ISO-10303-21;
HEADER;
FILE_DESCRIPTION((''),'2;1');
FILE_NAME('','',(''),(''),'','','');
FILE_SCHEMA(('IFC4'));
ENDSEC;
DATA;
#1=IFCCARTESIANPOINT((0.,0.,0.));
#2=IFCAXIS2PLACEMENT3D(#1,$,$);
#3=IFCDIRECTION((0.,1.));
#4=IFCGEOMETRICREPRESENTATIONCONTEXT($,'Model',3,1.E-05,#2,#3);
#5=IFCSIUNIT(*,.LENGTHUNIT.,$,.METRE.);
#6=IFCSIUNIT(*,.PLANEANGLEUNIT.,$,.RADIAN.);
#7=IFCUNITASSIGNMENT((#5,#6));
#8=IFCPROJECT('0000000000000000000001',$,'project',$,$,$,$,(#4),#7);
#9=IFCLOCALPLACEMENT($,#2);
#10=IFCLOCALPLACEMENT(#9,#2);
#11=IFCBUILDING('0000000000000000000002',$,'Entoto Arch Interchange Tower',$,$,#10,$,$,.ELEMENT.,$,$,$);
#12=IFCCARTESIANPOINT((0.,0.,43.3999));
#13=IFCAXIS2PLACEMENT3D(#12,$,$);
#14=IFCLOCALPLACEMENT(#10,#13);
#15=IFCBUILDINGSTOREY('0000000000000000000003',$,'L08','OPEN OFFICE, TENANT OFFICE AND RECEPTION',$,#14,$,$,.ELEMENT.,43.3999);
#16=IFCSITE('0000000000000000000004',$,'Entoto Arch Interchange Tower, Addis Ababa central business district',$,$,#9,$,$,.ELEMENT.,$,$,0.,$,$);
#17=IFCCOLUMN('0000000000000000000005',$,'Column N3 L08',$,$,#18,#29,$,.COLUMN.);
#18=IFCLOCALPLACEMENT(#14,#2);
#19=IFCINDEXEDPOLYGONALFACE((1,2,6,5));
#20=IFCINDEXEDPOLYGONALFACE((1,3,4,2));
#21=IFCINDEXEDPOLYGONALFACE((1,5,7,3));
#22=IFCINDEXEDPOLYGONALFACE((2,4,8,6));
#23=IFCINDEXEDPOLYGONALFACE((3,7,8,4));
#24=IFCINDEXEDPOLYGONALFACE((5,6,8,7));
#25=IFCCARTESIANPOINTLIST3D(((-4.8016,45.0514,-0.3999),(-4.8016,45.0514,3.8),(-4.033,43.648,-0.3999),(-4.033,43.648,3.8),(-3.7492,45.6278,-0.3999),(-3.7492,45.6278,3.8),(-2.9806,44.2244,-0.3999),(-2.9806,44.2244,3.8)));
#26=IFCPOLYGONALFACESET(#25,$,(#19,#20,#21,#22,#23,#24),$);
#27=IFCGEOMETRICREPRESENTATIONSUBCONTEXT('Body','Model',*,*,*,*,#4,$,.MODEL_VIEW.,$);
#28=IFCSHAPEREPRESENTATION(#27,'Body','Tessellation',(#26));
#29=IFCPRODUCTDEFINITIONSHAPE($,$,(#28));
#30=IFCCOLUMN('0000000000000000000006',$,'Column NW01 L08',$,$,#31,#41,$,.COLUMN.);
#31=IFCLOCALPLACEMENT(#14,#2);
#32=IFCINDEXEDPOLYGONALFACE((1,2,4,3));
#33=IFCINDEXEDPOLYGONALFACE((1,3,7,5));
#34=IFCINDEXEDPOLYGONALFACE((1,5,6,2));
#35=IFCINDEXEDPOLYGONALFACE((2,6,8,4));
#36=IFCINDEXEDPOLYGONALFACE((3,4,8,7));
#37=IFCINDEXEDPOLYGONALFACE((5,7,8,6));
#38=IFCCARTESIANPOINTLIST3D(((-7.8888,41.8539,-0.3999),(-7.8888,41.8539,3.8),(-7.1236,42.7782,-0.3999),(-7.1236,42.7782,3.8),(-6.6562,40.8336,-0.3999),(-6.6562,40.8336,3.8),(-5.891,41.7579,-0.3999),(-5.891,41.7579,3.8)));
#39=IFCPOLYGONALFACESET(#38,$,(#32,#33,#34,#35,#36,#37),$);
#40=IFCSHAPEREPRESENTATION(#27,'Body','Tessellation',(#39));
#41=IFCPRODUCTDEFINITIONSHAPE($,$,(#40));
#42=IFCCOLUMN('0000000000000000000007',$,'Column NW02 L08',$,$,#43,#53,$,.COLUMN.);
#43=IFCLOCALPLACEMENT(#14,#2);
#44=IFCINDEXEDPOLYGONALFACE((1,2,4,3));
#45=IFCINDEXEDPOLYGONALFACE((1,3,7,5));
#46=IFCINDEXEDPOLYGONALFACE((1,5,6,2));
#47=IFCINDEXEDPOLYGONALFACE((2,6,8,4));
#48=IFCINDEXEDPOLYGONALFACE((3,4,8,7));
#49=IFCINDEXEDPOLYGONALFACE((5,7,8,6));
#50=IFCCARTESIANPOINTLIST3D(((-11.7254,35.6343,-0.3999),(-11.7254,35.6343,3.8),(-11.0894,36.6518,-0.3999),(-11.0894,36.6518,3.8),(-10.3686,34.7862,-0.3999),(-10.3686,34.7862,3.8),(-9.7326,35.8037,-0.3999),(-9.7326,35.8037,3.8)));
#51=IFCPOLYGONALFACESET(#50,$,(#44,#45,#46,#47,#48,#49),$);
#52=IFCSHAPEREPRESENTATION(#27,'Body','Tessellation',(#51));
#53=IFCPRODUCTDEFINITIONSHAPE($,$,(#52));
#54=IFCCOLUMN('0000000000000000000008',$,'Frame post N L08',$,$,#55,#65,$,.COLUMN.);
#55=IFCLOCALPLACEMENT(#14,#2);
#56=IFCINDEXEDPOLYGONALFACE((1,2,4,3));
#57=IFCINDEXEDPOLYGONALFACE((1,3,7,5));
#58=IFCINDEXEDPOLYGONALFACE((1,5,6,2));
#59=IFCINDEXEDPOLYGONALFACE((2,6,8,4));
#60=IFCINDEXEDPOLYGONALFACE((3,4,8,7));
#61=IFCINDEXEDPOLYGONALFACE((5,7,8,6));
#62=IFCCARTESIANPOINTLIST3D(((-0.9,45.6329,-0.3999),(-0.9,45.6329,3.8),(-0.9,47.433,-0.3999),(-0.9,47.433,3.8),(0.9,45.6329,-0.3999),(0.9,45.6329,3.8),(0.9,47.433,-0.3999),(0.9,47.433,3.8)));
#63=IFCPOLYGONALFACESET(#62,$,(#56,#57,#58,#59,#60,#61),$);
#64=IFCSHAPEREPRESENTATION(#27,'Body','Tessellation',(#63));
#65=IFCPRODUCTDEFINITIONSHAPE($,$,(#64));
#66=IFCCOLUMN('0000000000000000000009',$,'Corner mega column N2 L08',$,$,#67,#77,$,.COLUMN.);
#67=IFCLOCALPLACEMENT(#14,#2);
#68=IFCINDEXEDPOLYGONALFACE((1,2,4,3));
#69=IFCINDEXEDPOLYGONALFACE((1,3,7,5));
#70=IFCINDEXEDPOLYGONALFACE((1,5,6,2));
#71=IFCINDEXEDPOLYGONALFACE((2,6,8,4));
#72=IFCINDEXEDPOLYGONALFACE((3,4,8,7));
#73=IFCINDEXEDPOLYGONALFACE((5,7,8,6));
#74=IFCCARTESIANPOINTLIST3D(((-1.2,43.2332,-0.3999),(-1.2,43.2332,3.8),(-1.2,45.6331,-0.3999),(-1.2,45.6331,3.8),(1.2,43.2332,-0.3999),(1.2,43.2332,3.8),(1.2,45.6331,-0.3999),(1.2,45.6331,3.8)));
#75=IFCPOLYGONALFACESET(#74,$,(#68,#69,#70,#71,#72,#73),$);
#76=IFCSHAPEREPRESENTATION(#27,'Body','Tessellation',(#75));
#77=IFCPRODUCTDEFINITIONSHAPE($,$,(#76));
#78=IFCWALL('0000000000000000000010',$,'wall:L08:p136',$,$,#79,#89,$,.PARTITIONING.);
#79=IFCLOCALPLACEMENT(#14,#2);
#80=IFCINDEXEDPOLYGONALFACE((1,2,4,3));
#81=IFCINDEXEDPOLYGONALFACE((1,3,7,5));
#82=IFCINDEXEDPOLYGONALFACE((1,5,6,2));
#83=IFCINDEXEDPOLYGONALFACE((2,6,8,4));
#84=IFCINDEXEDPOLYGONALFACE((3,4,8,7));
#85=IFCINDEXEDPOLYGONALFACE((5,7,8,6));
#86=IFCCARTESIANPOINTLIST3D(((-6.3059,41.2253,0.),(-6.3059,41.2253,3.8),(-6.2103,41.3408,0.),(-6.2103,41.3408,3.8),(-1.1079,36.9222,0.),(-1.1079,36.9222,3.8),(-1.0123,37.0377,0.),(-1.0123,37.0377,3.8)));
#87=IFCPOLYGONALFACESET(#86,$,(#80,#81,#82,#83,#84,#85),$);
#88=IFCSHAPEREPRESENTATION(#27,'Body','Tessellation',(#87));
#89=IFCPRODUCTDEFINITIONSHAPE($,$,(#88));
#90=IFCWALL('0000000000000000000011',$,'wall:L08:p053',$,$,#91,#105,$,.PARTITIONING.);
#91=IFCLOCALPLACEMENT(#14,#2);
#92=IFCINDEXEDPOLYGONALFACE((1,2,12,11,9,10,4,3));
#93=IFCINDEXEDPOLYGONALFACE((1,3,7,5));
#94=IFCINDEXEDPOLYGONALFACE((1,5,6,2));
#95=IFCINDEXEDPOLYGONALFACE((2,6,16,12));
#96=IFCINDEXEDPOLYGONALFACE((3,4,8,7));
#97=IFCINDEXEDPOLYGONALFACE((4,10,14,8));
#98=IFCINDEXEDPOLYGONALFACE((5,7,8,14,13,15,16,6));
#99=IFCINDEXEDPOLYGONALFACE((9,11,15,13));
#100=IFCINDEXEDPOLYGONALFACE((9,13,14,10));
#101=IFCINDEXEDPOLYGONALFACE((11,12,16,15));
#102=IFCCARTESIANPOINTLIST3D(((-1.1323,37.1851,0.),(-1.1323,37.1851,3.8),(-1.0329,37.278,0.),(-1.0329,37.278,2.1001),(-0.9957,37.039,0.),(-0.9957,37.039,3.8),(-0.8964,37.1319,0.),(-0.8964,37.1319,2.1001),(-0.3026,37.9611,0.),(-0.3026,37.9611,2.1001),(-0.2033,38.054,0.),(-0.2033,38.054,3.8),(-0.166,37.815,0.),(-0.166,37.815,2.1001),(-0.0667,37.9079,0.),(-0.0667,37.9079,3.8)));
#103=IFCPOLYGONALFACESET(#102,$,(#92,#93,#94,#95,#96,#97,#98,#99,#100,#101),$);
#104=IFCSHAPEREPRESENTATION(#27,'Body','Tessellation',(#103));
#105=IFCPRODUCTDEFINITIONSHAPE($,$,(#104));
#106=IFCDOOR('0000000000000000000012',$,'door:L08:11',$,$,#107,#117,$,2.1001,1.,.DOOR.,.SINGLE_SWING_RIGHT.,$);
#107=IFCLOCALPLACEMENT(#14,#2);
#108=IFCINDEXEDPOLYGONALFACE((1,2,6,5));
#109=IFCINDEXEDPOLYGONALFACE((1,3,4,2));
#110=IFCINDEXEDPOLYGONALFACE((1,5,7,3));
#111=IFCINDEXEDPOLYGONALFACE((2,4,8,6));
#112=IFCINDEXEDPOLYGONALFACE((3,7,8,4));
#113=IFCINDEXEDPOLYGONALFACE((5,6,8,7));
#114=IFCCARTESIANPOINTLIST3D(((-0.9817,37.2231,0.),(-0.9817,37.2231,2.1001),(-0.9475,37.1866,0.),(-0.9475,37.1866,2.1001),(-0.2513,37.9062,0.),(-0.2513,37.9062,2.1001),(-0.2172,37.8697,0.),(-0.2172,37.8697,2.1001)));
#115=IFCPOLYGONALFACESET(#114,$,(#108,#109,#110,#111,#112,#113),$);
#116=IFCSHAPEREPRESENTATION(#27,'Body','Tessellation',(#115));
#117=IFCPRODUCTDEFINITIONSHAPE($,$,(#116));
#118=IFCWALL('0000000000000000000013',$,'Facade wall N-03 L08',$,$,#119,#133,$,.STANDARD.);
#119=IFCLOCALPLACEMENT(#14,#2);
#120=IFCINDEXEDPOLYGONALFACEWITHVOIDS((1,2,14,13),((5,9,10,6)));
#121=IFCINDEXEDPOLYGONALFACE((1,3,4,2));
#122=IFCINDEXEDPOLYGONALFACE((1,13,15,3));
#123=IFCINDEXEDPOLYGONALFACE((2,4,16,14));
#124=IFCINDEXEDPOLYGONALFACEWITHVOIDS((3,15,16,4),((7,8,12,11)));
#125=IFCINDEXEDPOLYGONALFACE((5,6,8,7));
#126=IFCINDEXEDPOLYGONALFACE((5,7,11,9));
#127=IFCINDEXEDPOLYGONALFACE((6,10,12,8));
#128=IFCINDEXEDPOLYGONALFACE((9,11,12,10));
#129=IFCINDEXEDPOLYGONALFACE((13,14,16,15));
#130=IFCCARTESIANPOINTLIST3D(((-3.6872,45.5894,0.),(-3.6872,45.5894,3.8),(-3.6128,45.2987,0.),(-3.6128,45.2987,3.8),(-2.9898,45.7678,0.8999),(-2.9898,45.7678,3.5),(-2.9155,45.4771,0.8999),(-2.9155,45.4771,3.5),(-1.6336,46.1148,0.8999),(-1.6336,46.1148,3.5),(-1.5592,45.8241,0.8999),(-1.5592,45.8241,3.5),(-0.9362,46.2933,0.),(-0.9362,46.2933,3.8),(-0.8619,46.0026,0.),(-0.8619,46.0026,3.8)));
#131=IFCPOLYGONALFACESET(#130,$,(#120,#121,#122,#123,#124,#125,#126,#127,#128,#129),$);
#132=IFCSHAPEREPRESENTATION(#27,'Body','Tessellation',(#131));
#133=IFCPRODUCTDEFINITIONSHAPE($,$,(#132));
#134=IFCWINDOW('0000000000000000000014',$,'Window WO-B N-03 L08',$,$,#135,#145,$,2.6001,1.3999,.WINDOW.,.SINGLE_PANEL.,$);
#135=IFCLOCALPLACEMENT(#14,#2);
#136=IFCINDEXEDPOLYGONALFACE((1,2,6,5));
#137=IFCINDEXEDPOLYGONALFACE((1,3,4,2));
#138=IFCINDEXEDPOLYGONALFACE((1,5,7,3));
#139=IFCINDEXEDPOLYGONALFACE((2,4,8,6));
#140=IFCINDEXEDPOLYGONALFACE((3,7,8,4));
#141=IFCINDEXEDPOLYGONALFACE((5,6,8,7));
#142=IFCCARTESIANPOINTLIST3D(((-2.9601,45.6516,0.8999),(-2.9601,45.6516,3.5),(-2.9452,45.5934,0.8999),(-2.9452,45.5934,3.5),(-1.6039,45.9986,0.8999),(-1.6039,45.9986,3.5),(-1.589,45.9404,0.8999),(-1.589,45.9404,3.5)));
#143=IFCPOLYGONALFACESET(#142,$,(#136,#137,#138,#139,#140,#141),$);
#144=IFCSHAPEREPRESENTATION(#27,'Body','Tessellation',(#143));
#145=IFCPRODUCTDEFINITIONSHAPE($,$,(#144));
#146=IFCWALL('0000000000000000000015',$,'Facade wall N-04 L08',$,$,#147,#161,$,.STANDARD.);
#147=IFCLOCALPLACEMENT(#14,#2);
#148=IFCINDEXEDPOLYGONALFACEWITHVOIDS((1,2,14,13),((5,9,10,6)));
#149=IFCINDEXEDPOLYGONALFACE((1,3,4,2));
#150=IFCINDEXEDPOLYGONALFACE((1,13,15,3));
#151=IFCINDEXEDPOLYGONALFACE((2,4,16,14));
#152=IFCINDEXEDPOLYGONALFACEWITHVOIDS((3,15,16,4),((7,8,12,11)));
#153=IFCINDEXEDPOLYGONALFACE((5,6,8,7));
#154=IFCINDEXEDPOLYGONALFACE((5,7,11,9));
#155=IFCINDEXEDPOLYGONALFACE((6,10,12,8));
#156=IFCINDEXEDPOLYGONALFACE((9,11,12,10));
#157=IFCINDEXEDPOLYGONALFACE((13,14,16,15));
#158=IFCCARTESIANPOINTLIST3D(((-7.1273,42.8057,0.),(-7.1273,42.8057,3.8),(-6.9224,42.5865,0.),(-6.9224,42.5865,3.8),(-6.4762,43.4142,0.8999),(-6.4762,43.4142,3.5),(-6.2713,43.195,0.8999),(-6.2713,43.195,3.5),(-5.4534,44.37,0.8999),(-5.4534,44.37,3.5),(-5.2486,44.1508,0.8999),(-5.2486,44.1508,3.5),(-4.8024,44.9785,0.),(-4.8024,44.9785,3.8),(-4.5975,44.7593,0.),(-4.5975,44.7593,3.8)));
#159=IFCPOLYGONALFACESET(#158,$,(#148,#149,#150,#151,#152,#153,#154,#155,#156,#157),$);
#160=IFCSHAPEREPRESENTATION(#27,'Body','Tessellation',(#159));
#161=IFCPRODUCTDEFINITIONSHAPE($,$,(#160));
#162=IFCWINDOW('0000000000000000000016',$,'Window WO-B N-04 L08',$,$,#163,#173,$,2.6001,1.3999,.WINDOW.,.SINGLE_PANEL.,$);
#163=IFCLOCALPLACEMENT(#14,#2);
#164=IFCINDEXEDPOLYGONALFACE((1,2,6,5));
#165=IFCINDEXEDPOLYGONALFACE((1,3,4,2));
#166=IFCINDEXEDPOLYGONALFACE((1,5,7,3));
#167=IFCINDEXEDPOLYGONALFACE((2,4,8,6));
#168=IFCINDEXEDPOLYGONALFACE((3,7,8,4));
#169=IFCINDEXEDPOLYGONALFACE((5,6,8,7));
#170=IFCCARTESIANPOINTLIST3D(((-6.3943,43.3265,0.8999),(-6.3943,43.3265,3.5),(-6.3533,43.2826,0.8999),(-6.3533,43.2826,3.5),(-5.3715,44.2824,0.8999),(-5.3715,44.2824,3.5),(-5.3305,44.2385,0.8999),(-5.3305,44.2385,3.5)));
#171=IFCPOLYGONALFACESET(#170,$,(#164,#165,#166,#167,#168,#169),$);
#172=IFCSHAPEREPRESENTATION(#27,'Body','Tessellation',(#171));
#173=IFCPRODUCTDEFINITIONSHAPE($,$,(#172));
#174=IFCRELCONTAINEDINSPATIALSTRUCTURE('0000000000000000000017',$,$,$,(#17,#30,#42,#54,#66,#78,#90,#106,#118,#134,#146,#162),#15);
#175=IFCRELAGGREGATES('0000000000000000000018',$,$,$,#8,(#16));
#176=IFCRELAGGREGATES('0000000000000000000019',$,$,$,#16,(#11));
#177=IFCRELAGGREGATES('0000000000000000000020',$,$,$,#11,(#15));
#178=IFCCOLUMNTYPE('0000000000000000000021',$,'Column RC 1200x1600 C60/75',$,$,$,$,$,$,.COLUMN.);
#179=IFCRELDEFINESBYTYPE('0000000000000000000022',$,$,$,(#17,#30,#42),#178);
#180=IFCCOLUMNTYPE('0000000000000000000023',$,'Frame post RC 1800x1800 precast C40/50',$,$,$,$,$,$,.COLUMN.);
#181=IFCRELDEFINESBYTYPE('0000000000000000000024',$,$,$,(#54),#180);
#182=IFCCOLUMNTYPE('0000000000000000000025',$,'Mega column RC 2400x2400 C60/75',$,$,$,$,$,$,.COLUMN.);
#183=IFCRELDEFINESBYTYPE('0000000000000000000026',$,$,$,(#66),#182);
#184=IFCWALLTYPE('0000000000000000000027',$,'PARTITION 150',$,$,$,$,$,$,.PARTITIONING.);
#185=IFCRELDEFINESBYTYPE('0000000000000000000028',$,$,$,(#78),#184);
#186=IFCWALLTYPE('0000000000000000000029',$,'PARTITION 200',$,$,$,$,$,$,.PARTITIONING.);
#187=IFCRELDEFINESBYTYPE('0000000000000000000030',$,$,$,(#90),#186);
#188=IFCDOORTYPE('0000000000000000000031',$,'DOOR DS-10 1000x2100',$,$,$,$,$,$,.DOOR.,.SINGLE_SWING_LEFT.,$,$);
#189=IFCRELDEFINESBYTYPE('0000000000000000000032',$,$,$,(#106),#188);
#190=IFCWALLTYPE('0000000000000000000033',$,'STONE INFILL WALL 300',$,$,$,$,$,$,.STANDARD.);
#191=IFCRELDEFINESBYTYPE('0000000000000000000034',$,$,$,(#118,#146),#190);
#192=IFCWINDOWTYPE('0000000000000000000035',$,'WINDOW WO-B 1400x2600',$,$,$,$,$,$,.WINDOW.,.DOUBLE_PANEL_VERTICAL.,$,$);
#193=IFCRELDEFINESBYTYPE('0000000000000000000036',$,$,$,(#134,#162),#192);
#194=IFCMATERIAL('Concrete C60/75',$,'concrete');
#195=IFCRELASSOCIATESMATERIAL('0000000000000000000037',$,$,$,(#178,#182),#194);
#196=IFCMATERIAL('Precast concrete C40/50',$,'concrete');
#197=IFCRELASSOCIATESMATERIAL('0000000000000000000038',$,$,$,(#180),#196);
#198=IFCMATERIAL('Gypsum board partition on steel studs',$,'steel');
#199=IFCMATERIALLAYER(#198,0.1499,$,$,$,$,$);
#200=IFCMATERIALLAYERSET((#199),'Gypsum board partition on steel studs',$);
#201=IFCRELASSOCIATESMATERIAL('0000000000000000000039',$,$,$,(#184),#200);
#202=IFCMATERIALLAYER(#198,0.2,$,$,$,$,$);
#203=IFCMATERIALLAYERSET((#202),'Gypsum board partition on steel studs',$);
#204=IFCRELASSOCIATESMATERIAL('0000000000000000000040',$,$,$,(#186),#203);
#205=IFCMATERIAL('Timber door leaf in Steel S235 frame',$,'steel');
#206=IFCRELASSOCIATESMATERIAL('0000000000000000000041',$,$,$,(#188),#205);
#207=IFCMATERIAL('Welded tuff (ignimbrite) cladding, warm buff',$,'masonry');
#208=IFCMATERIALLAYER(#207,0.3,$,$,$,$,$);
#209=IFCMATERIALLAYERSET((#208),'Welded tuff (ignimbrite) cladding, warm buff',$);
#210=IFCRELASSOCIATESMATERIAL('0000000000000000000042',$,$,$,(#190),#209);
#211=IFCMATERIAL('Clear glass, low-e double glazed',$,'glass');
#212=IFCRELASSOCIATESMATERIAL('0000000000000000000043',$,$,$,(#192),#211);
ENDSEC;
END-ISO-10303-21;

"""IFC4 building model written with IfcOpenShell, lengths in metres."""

from ifc_helpers import new_model, si_unit, direction, frame, frame_2d, origin, origin_2d, place, context, subcontext, project, spatial, rectangle, extrude, material, layer, layer_set, material_profile, profile_set, type_object, element, fill, save


model = new_model("IFC4")

# Units and contexts
model_context = context("Model", 3, precision=1e-05, world=origin(), true_north=direction((0.0, 1.0)))
body_context = subcontext(model_context, "Body", "Model", "MODEL_VIEW")
ifc_project = project(units=[si_unit("LENGTHUNIT", "METRE"), si_unit("PLANEANGLEUNIT", "RADIAN")], contexts=[model_context])

# Site, building, storey
site_placement = place(None, origin())
site = spatial("IfcSite", under=ifc_project, at=site_placement, Name="Entoto Arch Interchange Tower, Addis Ababa central business district", CompositionType="ELEMENT", RefElevation=0.0)
building_placement = place(site_placement, origin())
building = spatial("IfcBuilding", under=site, at=building_placement, Name="Entoto Arch Interchange Tower", CompositionType="ELEMENT")
storey_placement = place(building_placement, frame((0.0, 0.0, 43.3999)))
storey = spatial("IfcBuildingStorey", under=building, at=storey_placement, Name="L08", Description="OPEN OFFICE, TENANT OFFICE AND RECEPTION", CompositionType="ELEMENT", Elevation=43.3999)

# Columns
ifc_material_1 = material(Name="Concrete C60/75", Category="concrete")
ifc_material_profile_1 = material_profile(ifc_material_1, rectangle(XDim=1.2, YDim=1.6001, at=origin_2d()))
ifc_profile_set_1 = profile_set([ifc_material_profile_1], Name="Concrete C60/75")
column_type_1 = type_object("IfcColumnType", Name="Column RC 1200x1600 C60/75", PredefinedType="COLUMN", material=ifc_profile_set_1)
for number, where, z_axis, x_axis, name in (
    (1, (-3.8911, 44.6379, -0.3999), (0.0, 0.0, 1.0), (0.877079, 0.480346, 0.0), "Column N3 L08"),
    (2, (-6.8899, 41.8059, -0.3999), (0.0, 0.0, 1.0), (0.637666, 0.770313, 0.0), "Column NW01 L08"),
    (3, (-10.729, 35.719, -0.3999), (0.0, 0.0, 1.0), (0.530067, 0.847956, 0.0), "Column NW02 L08"),
):
    element("IfcColumn", number, at=place(storey_placement, frame(where, z_axis=z_axis, x_axis=x_axis)), inside=storey, type_object=column_type_1, Name=name, PredefinedType="COLUMN", context=body_context, shape_type="SweptSolid", body=[
        extrude(rectangle(XDim=1.2, YDim=1.6001, at=origin_2d()), origin(), (0.0, 0.0, 1.0), 4.2),
    ])
ifc_material_2 = material(Name="Precast concrete C40/50", Category="concrete")
ifc_material_profile_2 = material_profile(ifc_material_2, rectangle(XDim=1.8, YDim=1.8, at=origin_2d()))
ifc_profile_set_2 = profile_set([ifc_material_profile_2], Name="Precast concrete C40/50")
column_type_2 = type_object("IfcColumnType", Name="Frame post RC 1800x1800 precast C40/50", PredefinedType="COLUMN", material=ifc_profile_set_2)
column_1_placement = place(storey_placement, frame((0.0, 46.533, -0.3999), z_axis=(0.0, 0.0, 1.0), x_axis=(0.0, 1.0, 0.0)))
element("IfcColumn", 4, at=column_1_placement, inside=storey, type_object=column_type_2, Name="Frame post N L08", PredefinedType="COLUMN", context=body_context, shape_type="SweptSolid", body=[
    extrude(rectangle(XDim=1.8, YDim=1.8, at=origin_2d()), origin(), (0.0, 0.0, 1.0), 4.2),
])
ifc_material_profile_3 = material_profile(ifc_material_1, rectangle(XDim=2.3999, YDim=2.3999, at=origin_2d()))
ifc_profile_set_3 = profile_set([ifc_material_profile_3], Name="Concrete C60/75")
column_type_3 = type_object("IfcColumnType", Name="Mega column RC 2400x2400 C60/75", PredefinedType="COLUMN", material=ifc_profile_set_3)
column_2_placement = place(storey_placement, frame((0.0, 44.4331, -0.3999), z_axis=(0.0, 0.0, 1.0), x_axis=(0.0, 1.0, 0.0)))
element("IfcColumn", 5, at=column_2_placement, inside=storey, type_object=column_type_3, Name="Corner mega column N2 L08", PredefinedType="COLUMN", context=body_context, shape_type="SweptSolid", body=[
    extrude(rectangle(XDim=2.3999, YDim=2.3999, at=origin_2d()), origin(), (0.0, 0.0, 1.0), 4.2),
])

# Wall
ifc_material_3 = material(Name="Gypsum board partition on steel studs", Category="steel")
ifc_layer_1 = layer(ifc_material_3, 0.1499)
ifc_layer_set_1 = layer_set([ifc_layer_1], Name="Gypsum board partition on steel studs")
wall_type_1 = type_object("IfcWallType", Name="PARTITION 150", PredefinedType="PARTITIONING", material=ifc_layer_set_1)
wall_1_placement = place(storey_placement, frame((-1.0601, 36.98, 0.0), z_axis=(0.0, 0.0, 1.0), x_axis=(-0.770308, 0.637672, 0.0)))
element("IfcWall", 6, at=wall_1_placement, inside=storey, type_object=wall_type_1, Name="wall:L08:p136", PredefinedType="PARTITIONING", context=body_context, shape_type="SweptSolid", body=[
    extrude(rectangle(XDim=6.748, YDim=0.1499, at=frame_2d((3.374, 0.0))), origin(), (0.0, 0.0, 1.0), 3.8),
])

# Wall, opening, door
ifc_layer_2 = layer(ifc_material_3, 0.2)
ifc_layer_set_2 = layer_set([ifc_layer_2], Name="Gypsum board partition on steel studs")
wall_type_2 = type_object("IfcWallType", Name="PARTITION 200", PredefinedType="PARTITIONING", material=ifc_layer_set_2)
wall_2_placement = place(storey_placement, frame((-1.064, 37.1121, 0.0), z_axis=(0.0, 0.0, 1.0), x_axis=(0.730321, 0.683104, 0.0)))
wall_2 = element("IfcWall", 7, at=wall_2_placement, inside=storey, type_object=wall_type_2, Name="wall:L08:p053", PredefinedType="PARTITIONING", context=body_context, shape_type="SweptSolid", body=[
    extrude(rectangle(XDim=1.272, YDim=0.2, at=frame_2d((0.636, 0.0))), origin(), (0.0, 0.0, 1.0), 3.8),
])
opening_1_placement = place(wall_2_placement, frame((0.136, 0.0, 0.0)))
opening_1 = element("IfcOpeningElement", 8, at=opening_1_placement, cuts=wall_2, PredefinedType="OPENING", context=body_context, shape_type="SweptSolid", body=[
    extrude(rectangle(XDim=1.0, YDim=2.1001, at=frame_2d((0.5, 1.05))), frame((0.0, 0.1099, 0.0), z_axis=(0.0, -1.0, 0.0), x_axis=(1.0, 0.0, 0.0)), (0.0, 0.0, 1.0), 0.22),
])
ifc_material_4 = material(Name="Timber door leaf in Steel S235 frame", Category="steel")
door_type = type_object("IfcDoorType", Name="DOOR DS-10 1000x2100", OperationType="SINGLE_SWING_LEFT", PredefinedType="DOOR", material=ifc_material_4)
door_placement = place(opening_1_placement, origin())
door = element("IfcDoor", 9, at=door_placement, inside=storey, type_object=door_type, Name="door:L08:11", OperationType="SINGLE_SWING_RIGHT", OverallHeight=2.1001, OverallWidth=1.0, PredefinedType="DOOR", context=body_context, shape_type="SweptSolid", body=[
    extrude(rectangle(XDim=1.0, YDim=2.1001, at=frame_2d((0.5, 1.05))), frame((0.0, 0.0249, 0.0), z_axis=(0.0, -1.0, 0.0), x_axis=(1.0, 0.0, 0.0)), (0.0, 0.0, 1.0), 0.05),
])
fill(opening_1, door)

# Walls, openings, windows
ifc_material_5 = material(Name="Welded tuff (ignimbrite) cladding, warm buff", Category="masonry")
ifc_layer_3 = layer(ifc_material_5, 0.3)
ifc_layer_set_3 = layer_set([ifc_layer_3], Name="Welded tuff (ignimbrite) cladding, warm buff")
wall_type_3 = type_object("IfcWallType", Name="STONE INFILL WALL 300", PredefinedType="STANDARD", material=ifc_layer_set_3)
wall_3_placement = place(storey_placement, frame((-0.8989, 46.1479, 0.0), z_axis=(0.0, 0.0, 1.0), x_axis=(-0.968793, -0.247873, 0.0)))
wall_3 = element("IfcWall", 10, at=wall_3_placement, inside=storey, type_object=wall_type_3, Name="Facade wall N-03 L08", PredefinedType="STANDARD", context=body_context, shape_type="SweptSolid", body=[
    extrude(rectangle(XDim=2.8396, YDim=0.3, at=frame_2d((1.4199, 0.0))), origin(), (0.0, 0.0, 1.0), 3.8),
])
opening_2_placement = place(wall_3_placement, frame((0.72, 0.0, 0.8999)))
opening_2 = element("IfcOpeningElement", 11, at=opening_2_placement, cuts=wall_3, PredefinedType="OPENING", context=body_context, shape_type="SweptSolid", body=[
    extrude(rectangle(XDim=1.3999, YDim=2.6001, at=frame_2d((0.7, 1.3))), frame((0.0, 0.1602, 0.0), z_axis=(0.0, -1.0, 0.0), x_axis=(1.0, 0.0, 0.0)), (0.0, 0.0, 1.0), 0.3201),
])
ifc_material_6 = material(Name="Clear glass, low-e double glazed", Category="glass")
window_type_1 = type_object("IfcWindowType", Name="WINDOW WO-B 1400x2600", PartitioningType="DOUBLE_PANEL_VERTICAL", PredefinedType="WINDOW", material=ifc_material_6)
window_1_placement = place(opening_2_placement, origin())
window_1 = element("IfcWindow", 12, at=window_1_placement, inside=storey, type_object=window_type_1, Name="Window WO-B N-03 L08", OverallHeight=2.6001, OverallWidth=1.3999, PartitioningType="SINGLE_PANEL", PredefinedType="WINDOW", context=body_context, shape_type="SweptSolid", body=[
    extrude(rectangle(XDim=1.3999, YDim=2.6001, at=frame_2d((0.7, 1.3))), frame((0.0, 0.03, 0.0), z_axis=(0.0, -1.0, 0.0), x_axis=(1.0, 0.0, 0.0)), (0.0, 0.0, 1.0), 0.0601),
])
fill(opening_2, window_1)
wall_4_placement = place(storey_placement, frame((-4.7, 44.8689, 0.0), z_axis=(0.0, 0.0, 1.0), x_axis=(-0.730601, -0.682805, 0.0)))
wall_4 = element("IfcWall", 13, at=wall_4_placement, inside=storey, type_object=wall_type_3, Name="Facade wall N-04 L08", PredefinedType="STANDARD", context=body_context, shape_type="SweptSolid", body=[
    extrude(rectangle(XDim=3.1821, YDim=0.3, at=frame_2d((1.5911, 0.0))), origin(), (0.0, 0.0, 1.0), 3.8),
])
opening_3_placement = place(wall_4_placement, frame((0.8911, 0.0, 0.8999)))
opening_3 = element("IfcOpeningElement", 14, at=opening_3_placement, cuts=wall_4, PredefinedType="OPENING", context=body_context, shape_type="SweptSolid", body=[
    extrude(rectangle(XDim=1.3999, YDim=2.6001, at=frame_2d((0.7, 1.3))), frame((0.0, 0.1602, 0.0), z_axis=(0.0, -1.0, 0.0), x_axis=(1.0, 0.0, 0.0)), (0.0, 0.0, 1.0), 0.3201),
])
window_2_placement = place(opening_3_placement, origin())
window_2 = element("IfcWindow", 15, at=window_2_placement, inside=storey, type_object=window_type_1, Name="Window WO-B N-04 L08", OverallHeight=2.6001, OverallWidth=1.3999, PartitioningType="SINGLE_PANEL", PredefinedType="WINDOW", context=body_context, shape_type="SweptSolid", body=[
    extrude(rectangle(XDim=1.3999, YDim=2.6001, at=frame_2d((0.7, 1.3))), frame((0.0, 0.03, 0.0), z_axis=(0.0, -1.0, 0.0), x_axis=(1.0, 0.0, 0.0)), (0.0, 0.0, 1.0), 0.0601),
])
fill(opening_3, window_2)

save(model, "model.ifc")
